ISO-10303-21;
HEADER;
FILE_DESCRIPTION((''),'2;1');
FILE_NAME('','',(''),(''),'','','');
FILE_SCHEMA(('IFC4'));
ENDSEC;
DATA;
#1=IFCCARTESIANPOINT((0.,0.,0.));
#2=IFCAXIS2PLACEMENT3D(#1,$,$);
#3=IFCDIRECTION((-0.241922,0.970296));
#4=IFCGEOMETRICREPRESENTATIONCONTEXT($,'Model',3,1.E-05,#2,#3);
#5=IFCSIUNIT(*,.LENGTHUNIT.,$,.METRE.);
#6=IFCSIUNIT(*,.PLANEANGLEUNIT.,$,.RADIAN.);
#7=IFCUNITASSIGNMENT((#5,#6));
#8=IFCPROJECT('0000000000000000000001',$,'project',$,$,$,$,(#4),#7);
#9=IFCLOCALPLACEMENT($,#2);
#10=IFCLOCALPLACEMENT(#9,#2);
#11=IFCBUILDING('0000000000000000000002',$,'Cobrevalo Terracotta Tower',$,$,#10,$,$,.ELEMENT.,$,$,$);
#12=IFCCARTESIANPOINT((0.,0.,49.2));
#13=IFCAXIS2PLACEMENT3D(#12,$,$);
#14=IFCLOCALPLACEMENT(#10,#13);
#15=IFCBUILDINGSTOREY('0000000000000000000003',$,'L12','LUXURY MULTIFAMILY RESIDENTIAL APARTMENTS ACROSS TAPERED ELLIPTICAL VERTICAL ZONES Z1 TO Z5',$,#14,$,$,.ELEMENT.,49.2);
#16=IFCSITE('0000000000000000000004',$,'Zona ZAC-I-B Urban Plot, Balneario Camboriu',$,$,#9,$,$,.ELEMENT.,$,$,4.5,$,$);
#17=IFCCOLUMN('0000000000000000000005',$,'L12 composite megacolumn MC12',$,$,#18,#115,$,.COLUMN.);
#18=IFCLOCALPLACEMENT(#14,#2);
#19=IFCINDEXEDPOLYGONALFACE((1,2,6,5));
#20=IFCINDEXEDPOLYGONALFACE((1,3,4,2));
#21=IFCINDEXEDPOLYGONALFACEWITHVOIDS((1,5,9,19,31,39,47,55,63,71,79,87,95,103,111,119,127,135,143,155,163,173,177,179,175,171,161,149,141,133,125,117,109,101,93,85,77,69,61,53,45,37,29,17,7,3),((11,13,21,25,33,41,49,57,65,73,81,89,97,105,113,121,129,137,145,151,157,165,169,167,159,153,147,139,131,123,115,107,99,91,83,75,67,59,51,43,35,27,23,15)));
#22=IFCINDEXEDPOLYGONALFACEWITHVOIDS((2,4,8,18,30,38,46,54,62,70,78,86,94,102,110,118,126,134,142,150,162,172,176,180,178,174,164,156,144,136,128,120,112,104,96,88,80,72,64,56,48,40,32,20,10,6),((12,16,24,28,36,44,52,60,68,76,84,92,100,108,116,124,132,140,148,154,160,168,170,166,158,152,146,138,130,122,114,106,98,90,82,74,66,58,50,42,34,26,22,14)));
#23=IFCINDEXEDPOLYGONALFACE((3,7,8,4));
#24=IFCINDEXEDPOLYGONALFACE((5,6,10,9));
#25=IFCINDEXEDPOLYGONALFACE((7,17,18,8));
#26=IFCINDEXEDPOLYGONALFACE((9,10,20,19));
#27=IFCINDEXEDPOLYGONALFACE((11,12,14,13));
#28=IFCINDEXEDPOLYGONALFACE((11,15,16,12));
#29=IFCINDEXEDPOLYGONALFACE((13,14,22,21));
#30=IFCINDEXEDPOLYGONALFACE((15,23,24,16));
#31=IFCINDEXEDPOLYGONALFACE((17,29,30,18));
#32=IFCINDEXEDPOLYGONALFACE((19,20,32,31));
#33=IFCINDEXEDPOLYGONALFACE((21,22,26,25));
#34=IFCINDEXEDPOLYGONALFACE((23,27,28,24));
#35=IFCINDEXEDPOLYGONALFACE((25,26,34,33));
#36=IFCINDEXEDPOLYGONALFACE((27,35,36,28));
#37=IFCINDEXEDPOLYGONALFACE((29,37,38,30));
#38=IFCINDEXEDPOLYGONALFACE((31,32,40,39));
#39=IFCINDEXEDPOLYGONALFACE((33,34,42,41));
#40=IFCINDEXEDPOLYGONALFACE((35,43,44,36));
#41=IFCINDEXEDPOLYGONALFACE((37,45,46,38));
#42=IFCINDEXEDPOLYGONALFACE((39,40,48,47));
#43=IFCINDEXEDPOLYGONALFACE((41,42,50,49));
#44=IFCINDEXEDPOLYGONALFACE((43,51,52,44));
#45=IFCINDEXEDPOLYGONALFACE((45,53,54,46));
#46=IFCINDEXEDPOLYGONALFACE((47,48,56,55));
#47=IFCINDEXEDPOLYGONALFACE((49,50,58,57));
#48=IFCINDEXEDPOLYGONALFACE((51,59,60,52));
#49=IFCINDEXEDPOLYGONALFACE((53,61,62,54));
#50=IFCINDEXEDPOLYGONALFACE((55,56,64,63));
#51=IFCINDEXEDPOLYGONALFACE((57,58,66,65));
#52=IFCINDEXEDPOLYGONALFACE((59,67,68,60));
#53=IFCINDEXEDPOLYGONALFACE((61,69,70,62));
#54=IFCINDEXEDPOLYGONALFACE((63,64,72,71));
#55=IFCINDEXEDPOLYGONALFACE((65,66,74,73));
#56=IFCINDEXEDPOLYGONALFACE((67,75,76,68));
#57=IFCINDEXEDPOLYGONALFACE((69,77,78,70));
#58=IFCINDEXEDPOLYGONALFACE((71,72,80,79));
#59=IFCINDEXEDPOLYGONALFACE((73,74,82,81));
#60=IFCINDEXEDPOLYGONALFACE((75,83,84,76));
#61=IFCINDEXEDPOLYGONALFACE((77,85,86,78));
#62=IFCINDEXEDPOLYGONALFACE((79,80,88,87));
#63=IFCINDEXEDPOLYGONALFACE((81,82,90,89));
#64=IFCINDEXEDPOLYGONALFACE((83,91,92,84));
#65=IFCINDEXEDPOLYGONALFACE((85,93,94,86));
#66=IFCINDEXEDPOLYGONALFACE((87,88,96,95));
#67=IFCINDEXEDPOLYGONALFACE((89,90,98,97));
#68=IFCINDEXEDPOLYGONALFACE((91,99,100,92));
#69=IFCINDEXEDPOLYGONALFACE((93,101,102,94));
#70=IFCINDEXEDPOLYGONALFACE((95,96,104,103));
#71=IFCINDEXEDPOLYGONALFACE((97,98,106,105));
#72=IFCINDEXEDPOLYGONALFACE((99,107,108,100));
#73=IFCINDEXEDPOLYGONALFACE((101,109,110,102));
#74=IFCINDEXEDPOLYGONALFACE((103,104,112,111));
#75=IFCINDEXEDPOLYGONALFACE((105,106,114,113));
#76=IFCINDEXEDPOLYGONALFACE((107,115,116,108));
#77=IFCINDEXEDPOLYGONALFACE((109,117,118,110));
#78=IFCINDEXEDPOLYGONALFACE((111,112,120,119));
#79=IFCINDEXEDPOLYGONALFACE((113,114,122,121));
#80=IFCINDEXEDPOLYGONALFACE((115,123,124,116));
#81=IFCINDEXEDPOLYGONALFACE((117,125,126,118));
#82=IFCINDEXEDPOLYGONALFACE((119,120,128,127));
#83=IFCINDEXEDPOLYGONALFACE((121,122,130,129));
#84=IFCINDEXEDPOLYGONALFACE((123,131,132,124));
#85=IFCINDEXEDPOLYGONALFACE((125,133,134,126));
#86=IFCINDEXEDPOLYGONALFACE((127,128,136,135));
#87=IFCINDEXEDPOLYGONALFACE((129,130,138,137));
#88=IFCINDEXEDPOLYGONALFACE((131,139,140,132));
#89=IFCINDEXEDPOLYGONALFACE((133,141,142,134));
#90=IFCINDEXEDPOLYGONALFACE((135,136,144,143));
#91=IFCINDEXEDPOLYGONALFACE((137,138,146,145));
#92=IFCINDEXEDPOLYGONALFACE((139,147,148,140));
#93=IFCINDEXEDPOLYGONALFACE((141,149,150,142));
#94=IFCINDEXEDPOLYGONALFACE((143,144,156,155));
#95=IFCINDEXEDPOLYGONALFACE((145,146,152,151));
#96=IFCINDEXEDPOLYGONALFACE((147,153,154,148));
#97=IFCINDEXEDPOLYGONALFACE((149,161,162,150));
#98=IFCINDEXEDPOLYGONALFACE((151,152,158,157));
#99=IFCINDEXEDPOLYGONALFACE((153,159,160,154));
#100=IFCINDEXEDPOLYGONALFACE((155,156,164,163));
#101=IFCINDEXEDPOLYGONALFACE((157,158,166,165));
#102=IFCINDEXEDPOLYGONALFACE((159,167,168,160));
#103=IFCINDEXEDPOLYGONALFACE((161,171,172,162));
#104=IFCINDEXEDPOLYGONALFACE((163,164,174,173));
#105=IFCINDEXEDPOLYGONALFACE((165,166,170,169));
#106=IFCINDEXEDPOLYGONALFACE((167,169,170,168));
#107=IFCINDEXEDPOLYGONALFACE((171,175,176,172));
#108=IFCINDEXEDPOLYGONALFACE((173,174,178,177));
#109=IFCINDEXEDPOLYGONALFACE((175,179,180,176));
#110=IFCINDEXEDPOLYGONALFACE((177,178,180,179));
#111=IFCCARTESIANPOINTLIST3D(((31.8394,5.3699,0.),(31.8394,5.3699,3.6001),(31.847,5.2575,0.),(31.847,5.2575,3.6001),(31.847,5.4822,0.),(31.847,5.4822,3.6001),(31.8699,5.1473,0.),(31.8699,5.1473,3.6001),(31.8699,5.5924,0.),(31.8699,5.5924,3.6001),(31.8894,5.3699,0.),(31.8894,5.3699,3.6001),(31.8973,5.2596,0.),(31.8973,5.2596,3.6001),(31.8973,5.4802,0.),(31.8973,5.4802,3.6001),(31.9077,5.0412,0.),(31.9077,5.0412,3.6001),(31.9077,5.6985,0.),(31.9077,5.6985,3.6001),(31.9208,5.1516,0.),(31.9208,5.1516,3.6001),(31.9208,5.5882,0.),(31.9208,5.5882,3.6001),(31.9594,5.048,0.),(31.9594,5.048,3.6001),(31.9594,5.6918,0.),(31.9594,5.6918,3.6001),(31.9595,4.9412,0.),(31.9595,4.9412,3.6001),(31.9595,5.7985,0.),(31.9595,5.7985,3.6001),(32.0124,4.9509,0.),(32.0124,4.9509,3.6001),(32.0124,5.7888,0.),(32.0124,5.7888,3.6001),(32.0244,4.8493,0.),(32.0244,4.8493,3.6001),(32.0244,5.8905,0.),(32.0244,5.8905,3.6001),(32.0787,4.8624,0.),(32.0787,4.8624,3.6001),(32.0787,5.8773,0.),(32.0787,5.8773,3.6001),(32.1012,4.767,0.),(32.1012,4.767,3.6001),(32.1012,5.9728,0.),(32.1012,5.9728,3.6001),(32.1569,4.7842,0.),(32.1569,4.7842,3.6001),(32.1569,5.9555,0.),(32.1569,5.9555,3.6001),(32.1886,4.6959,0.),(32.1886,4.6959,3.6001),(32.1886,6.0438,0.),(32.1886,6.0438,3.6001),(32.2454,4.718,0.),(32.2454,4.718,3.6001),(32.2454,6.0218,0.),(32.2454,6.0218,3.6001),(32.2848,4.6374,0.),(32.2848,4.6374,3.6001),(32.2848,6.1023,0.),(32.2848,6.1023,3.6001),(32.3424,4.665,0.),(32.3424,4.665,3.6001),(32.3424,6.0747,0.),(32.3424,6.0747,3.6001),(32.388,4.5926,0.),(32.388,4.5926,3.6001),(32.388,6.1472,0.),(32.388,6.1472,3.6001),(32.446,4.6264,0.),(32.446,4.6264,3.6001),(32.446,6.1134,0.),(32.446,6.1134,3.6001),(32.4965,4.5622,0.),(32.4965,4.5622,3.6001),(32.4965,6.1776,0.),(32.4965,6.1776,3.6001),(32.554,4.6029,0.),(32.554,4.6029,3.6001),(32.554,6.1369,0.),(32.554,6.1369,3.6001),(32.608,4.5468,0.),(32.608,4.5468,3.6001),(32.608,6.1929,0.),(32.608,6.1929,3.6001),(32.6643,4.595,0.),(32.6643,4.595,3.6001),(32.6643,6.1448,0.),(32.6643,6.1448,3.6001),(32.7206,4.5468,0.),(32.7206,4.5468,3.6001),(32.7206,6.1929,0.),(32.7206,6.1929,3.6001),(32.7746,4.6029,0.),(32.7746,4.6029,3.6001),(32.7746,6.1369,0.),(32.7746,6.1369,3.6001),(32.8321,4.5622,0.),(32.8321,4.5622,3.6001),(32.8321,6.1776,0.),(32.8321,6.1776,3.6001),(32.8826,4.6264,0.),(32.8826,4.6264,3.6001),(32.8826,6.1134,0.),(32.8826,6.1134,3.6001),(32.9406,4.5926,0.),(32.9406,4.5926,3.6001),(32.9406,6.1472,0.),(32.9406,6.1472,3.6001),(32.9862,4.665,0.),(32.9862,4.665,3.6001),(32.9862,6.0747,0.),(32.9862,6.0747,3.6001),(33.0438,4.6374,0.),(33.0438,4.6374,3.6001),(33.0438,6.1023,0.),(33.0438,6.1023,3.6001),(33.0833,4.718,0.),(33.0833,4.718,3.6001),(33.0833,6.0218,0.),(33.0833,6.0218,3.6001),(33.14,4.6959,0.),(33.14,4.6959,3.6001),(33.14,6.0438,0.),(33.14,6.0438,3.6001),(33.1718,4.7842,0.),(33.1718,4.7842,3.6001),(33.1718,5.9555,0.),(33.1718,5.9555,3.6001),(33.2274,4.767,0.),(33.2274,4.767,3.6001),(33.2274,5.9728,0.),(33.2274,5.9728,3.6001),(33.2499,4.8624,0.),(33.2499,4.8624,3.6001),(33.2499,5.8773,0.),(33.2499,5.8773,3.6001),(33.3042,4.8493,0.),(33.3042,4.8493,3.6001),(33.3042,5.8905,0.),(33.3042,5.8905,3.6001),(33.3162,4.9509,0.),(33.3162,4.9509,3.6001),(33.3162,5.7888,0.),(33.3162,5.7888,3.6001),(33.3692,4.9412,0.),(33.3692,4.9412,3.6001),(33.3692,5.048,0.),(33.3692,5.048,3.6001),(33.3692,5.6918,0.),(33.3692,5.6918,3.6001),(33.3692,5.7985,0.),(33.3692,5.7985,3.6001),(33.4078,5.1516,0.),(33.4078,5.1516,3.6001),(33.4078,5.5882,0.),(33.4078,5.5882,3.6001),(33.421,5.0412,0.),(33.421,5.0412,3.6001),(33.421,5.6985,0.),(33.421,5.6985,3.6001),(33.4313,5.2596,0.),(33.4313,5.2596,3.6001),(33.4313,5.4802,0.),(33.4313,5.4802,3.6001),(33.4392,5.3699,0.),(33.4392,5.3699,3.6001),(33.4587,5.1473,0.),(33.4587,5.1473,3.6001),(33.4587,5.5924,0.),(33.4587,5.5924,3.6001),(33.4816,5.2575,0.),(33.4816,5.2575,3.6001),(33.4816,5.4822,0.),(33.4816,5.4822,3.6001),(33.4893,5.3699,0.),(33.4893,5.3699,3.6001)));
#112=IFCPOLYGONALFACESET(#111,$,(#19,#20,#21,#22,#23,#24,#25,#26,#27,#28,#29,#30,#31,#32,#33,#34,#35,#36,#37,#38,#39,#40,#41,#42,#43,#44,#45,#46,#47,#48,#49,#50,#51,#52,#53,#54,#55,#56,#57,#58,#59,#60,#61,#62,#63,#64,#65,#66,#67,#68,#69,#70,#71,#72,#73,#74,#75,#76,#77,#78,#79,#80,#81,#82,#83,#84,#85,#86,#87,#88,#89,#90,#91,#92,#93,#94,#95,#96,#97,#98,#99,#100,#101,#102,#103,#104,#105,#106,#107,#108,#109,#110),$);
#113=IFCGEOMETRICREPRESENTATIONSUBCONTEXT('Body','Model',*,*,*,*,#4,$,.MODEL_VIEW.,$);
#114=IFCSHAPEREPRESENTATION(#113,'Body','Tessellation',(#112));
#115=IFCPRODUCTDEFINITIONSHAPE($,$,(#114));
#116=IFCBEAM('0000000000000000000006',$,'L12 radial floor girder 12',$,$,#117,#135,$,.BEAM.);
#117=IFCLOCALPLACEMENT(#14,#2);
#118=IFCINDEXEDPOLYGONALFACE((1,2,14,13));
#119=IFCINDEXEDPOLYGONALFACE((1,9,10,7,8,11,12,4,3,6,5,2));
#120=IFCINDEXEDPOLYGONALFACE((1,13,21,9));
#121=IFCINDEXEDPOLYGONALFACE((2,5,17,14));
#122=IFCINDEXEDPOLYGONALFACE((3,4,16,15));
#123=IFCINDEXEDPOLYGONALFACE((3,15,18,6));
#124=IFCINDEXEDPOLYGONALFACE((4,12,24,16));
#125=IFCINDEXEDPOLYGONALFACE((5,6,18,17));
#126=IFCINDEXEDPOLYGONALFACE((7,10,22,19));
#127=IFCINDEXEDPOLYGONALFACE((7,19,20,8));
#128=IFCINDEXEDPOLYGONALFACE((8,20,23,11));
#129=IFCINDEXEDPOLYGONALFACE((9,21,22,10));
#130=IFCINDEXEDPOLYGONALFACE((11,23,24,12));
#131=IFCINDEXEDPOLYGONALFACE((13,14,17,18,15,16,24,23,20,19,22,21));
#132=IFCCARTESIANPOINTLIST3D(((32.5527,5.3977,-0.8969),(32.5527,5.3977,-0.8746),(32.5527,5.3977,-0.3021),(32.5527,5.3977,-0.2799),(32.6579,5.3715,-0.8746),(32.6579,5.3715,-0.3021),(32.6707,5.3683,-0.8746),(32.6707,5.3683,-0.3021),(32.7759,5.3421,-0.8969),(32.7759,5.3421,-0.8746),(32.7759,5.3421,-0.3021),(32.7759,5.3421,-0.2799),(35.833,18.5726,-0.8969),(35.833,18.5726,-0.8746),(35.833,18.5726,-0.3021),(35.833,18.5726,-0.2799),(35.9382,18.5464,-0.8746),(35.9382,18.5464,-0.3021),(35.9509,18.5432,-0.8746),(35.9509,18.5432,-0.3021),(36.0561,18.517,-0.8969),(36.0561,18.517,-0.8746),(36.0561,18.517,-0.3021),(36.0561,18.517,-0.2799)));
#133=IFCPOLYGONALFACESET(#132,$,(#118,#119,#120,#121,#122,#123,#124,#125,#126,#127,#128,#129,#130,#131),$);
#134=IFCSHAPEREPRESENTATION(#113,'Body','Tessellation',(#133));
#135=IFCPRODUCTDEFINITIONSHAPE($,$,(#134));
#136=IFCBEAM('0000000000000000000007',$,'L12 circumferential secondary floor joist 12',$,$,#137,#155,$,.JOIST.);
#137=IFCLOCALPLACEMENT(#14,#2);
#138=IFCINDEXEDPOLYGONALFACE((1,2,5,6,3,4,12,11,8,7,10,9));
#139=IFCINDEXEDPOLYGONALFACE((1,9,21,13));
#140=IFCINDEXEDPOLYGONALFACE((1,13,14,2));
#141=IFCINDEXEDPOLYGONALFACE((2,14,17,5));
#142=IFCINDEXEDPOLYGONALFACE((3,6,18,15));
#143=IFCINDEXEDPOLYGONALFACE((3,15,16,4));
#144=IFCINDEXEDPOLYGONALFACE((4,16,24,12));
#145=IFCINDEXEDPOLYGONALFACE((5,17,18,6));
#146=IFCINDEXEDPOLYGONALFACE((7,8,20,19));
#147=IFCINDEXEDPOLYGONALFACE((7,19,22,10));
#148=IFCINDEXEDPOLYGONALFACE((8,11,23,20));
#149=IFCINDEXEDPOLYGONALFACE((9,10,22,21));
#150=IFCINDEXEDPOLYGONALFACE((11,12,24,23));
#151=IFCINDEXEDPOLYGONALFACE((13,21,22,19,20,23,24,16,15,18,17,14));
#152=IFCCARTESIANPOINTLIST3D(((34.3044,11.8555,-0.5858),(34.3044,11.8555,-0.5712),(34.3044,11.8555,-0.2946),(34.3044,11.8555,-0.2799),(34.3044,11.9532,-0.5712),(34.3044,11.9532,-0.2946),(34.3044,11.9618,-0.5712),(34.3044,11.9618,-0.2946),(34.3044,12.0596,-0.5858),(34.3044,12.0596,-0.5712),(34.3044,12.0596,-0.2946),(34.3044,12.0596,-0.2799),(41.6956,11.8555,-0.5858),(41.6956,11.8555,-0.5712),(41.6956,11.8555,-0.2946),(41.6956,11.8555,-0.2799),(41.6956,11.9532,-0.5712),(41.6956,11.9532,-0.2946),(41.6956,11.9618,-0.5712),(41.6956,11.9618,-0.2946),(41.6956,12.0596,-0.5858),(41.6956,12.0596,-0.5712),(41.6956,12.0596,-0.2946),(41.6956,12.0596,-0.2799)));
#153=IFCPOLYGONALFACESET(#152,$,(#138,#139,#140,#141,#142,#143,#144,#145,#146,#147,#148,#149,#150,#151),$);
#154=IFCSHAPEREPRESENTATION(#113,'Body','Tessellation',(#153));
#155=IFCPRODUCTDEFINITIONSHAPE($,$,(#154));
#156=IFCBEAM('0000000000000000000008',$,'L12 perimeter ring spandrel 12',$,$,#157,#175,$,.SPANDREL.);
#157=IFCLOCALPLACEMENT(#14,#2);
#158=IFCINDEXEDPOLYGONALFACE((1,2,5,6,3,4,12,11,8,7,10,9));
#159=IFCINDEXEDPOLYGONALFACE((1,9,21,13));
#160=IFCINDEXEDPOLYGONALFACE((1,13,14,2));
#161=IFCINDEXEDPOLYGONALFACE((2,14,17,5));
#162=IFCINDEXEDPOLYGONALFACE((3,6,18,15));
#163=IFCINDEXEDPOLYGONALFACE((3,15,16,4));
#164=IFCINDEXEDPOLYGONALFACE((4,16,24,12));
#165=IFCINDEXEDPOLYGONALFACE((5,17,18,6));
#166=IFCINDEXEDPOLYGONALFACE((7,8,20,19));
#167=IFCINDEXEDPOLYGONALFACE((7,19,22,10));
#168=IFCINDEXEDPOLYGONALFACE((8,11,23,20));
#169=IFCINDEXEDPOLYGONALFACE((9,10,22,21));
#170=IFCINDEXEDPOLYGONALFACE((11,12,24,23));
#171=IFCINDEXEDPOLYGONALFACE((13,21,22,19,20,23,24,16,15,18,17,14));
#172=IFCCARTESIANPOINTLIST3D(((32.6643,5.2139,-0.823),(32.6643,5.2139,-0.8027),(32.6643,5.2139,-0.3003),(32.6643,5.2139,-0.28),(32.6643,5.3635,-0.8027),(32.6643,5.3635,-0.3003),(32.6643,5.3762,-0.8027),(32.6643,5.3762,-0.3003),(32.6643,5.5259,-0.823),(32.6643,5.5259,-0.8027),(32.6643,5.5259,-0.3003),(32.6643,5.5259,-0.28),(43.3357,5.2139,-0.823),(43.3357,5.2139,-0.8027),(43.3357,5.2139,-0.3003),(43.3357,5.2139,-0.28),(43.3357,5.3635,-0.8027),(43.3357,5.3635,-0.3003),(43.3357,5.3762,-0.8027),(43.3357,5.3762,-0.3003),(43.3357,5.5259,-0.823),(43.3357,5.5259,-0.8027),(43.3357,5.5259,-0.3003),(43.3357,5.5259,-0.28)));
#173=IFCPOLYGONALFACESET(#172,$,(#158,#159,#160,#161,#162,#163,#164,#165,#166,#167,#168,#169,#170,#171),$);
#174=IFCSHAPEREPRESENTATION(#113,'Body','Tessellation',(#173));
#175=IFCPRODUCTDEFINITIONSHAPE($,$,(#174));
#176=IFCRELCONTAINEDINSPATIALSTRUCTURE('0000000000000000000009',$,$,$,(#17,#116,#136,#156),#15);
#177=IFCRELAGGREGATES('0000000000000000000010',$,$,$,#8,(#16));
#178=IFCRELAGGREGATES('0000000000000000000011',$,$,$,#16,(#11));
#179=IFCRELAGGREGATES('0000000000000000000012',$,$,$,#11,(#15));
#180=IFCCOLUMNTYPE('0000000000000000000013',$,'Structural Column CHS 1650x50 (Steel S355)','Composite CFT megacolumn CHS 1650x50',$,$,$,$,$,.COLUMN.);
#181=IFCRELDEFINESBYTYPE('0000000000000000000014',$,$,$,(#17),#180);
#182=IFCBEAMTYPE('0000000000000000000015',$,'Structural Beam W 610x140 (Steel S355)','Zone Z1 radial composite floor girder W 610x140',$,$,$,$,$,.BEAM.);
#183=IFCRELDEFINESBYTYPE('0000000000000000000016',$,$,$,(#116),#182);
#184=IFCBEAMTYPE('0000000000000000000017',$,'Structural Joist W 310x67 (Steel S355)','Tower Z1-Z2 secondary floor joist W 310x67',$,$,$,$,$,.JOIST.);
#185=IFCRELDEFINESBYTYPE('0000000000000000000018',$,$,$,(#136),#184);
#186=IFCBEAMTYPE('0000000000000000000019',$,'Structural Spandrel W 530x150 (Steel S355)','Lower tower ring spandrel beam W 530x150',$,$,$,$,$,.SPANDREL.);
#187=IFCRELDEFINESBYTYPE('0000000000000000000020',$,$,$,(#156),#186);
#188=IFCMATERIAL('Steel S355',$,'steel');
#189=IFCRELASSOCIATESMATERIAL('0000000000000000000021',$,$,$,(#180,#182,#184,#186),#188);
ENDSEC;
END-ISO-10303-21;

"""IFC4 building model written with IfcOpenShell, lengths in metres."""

from ifc_helpers import new_model, si_unit, direction, frame, origin, origin_2d, place, context, subcontext, project, spatial, hollow_circle, i_section, extrude, material, material_profile, profile_set, type_object, element, save


model = new_model("IFC4")

# Units and contexts
model_context = context("Model", 3, precision=1e-05, world=origin(), true_north=direction((-0.241922, 0.970296)))
body_context = subcontext(model_context, "Body", "Model", "MODEL_VIEW")
ifc_project = project(units=[si_unit("LENGTHUNIT", "METRE"), si_unit("PLANEANGLEUNIT", "RADIAN")], contexts=[model_context])

# Site, building, storey
site_placement = place(None, origin())
site = spatial("IfcSite", under=ifc_project, at=site_placement, Name="Zona ZAC-I-B Urban Plot, Balneario Camboriu", CompositionType="ELEMENT", RefElevation=4.5)
building_placement = place(site_placement, origin())
building = spatial("IfcBuilding", under=site, at=building_placement, Name="Cobrevalo Terracotta Tower", CompositionType="ELEMENT")
storey_placement = place(building_placement, frame((0.0, 0.0, 49.2)))
storey = spatial("IfcBuildingStorey", under=building, at=storey_placement, Name="L12", Description="LUXURY MULTIFAMILY RESIDENTIAL APARTMENTS ACROSS TAPERED ELLIPTICAL VERTICAL ZONES Z1 TO Z5", CompositionType="ELEMENT", Elevation=49.2)

# Column
ifc_material_1 = material(Name="Steel S355", Category="steel")
ifc_material_profile_1 = material_profile(ifc_material_1, hollow_circle(Radius=0.825, WallThickness=0.05, at=origin_2d()), Name="CHS 1650x50")
ifc_profile_set_1 = profile_set([ifc_material_profile_1], Name="Steel S355")
column_type = type_object("IfcColumnType", Name="Structural Column CHS 1650x50 (Steel S355)", Description="Composite CFT megacolumn CHS 1650x50", PredefinedType="COLUMN", material=ifc_profile_set_1)
column_placement = place(storey_placement, frame((32.6643, 5.3699, 0.0), z_axis=(0.0, 0.0, 1.0), x_axis=(1.0, 0.0, 0.0)))
element("IfcColumn", 1, at=column_placement, inside=storey, type_object=column_type, Name="L12 composite megacolumn MC12", PredefinedType="COLUMN", context=body_context, shape_type="SweptSolid", body=[
    extrude(hollow_circle(Radius=0.825, WallThickness=0.05, at=origin_2d()), origin(), (0.0, 0.0, 1.0), 3.6001),
])

# Beams
ifc_material_profile_2 = material_profile(ifc_material_1, i_section(OverallWidth=0.23, OverallDepth=0.6169, WebThickness=0.0132, FlangeThickness=0.0222, at=origin_2d()), Name="W 610x140")
ifc_profile_set_2 = profile_set([ifc_material_profile_2], Name="Steel S355")
beam_type_1 = type_object("IfcBeamType", Name="Structural Beam W 610x140 (Steel S355)", Description="Zone Z1 radial composite floor girder W 610x140", PredefinedType="BEAM", material=ifc_profile_set_2)
beam_1_placement = place(storey_placement, frame((32.6643, 5.3699, -0.5884), z_axis=(0.2416, 0.970376, 0.0), x_axis=(-0.970376, 0.2416, 0.0)))
element("IfcBeam", 2, at=beam_1_placement, inside=storey, type_object=beam_type_1, Name="L12 radial floor girder 12", PredefinedType="BEAM", context=body_context, shape_type="SweptSolid", body=[
    extrude(i_section(OverallWidth=0.23, OverallDepth=0.6169, WebThickness=0.0132, FlangeThickness=0.0222, at=origin_2d()), origin(), (0.0, 0.0, 1.0), 13.5771),
])
ifc_material_profile_3 = material_profile(ifc_material_1, i_section(OverallWidth=0.2041, OverallDepth=0.3059, WebThickness=0.0085, FlangeThickness=0.0146, at=origin_2d()), Name="W 310x67")
ifc_profile_set_3 = profile_set([ifc_material_profile_3], Name="Steel S355")
beam_type_2 = type_object("IfcBeamType", Name="Structural Joist W 310x67 (Steel S355)", Description="Tower Z1-Z2 secondary floor joist W 310x67", PredefinedType="JOIST", material=ifc_profile_set_3)
beam_2_placement = place(storey_placement, frame((34.3044, 11.9575, -0.4329), z_axis=(1.0, 0.0, 0.0), x_axis=(0.0, 1.0, 0.0)))
element("IfcBeam", 3, at=beam_2_placement, inside=storey, type_object=beam_type_2, Name="L12 circumferential secondary floor joist 12", PredefinedType="JOIST", context=body_context, shape_type="SweptSolid", body=[
    extrude(i_section(OverallWidth=0.2041, OverallDepth=0.3059, WebThickness=0.0085, FlangeThickness=0.0146, at=origin_2d()), origin(), (0.0, 0.0, 1.0), 7.3911),
])
ifc_material_profile_4 = material_profile(ifc_material_1, i_section(OverallWidth=0.312, OverallDepth=0.543, WebThickness=0.0127, FlangeThickness=0.0203, at=origin_2d()), Name="W 530x150")
ifc_profile_set_4 = profile_set([ifc_material_profile_4], Name="Steel S355")
beam_type_3 = type_object("IfcBeamType", Name="Structural Spandrel W 530x150 (Steel S355)", Description="Lower tower ring spandrel beam W 530x150", PredefinedType="SPANDREL", material=ifc_profile_set_4)
beam_3_placement = place(storey_placement, frame((32.6643, 5.3699, -0.5515), z_axis=(1.0, 0.0, 0.0), x_axis=(0.0, 1.0, 0.0)))
element("IfcBeam", 4, at=beam_3_placement, inside=storey, type_object=beam_type_3, Name="L12 perimeter ring spandrel 12", PredefinedType="SPANDREL", context=body_context, shape_type="SweptSolid", body=[
    extrude(i_section(OverallWidth=0.312, OverallDepth=0.543, WebThickness=0.0127, FlangeThickness=0.0203, at=origin_2d()), origin(), (0.0, 0.0, 1.0), 10.6714),
])

save(model, "model.ifc")
